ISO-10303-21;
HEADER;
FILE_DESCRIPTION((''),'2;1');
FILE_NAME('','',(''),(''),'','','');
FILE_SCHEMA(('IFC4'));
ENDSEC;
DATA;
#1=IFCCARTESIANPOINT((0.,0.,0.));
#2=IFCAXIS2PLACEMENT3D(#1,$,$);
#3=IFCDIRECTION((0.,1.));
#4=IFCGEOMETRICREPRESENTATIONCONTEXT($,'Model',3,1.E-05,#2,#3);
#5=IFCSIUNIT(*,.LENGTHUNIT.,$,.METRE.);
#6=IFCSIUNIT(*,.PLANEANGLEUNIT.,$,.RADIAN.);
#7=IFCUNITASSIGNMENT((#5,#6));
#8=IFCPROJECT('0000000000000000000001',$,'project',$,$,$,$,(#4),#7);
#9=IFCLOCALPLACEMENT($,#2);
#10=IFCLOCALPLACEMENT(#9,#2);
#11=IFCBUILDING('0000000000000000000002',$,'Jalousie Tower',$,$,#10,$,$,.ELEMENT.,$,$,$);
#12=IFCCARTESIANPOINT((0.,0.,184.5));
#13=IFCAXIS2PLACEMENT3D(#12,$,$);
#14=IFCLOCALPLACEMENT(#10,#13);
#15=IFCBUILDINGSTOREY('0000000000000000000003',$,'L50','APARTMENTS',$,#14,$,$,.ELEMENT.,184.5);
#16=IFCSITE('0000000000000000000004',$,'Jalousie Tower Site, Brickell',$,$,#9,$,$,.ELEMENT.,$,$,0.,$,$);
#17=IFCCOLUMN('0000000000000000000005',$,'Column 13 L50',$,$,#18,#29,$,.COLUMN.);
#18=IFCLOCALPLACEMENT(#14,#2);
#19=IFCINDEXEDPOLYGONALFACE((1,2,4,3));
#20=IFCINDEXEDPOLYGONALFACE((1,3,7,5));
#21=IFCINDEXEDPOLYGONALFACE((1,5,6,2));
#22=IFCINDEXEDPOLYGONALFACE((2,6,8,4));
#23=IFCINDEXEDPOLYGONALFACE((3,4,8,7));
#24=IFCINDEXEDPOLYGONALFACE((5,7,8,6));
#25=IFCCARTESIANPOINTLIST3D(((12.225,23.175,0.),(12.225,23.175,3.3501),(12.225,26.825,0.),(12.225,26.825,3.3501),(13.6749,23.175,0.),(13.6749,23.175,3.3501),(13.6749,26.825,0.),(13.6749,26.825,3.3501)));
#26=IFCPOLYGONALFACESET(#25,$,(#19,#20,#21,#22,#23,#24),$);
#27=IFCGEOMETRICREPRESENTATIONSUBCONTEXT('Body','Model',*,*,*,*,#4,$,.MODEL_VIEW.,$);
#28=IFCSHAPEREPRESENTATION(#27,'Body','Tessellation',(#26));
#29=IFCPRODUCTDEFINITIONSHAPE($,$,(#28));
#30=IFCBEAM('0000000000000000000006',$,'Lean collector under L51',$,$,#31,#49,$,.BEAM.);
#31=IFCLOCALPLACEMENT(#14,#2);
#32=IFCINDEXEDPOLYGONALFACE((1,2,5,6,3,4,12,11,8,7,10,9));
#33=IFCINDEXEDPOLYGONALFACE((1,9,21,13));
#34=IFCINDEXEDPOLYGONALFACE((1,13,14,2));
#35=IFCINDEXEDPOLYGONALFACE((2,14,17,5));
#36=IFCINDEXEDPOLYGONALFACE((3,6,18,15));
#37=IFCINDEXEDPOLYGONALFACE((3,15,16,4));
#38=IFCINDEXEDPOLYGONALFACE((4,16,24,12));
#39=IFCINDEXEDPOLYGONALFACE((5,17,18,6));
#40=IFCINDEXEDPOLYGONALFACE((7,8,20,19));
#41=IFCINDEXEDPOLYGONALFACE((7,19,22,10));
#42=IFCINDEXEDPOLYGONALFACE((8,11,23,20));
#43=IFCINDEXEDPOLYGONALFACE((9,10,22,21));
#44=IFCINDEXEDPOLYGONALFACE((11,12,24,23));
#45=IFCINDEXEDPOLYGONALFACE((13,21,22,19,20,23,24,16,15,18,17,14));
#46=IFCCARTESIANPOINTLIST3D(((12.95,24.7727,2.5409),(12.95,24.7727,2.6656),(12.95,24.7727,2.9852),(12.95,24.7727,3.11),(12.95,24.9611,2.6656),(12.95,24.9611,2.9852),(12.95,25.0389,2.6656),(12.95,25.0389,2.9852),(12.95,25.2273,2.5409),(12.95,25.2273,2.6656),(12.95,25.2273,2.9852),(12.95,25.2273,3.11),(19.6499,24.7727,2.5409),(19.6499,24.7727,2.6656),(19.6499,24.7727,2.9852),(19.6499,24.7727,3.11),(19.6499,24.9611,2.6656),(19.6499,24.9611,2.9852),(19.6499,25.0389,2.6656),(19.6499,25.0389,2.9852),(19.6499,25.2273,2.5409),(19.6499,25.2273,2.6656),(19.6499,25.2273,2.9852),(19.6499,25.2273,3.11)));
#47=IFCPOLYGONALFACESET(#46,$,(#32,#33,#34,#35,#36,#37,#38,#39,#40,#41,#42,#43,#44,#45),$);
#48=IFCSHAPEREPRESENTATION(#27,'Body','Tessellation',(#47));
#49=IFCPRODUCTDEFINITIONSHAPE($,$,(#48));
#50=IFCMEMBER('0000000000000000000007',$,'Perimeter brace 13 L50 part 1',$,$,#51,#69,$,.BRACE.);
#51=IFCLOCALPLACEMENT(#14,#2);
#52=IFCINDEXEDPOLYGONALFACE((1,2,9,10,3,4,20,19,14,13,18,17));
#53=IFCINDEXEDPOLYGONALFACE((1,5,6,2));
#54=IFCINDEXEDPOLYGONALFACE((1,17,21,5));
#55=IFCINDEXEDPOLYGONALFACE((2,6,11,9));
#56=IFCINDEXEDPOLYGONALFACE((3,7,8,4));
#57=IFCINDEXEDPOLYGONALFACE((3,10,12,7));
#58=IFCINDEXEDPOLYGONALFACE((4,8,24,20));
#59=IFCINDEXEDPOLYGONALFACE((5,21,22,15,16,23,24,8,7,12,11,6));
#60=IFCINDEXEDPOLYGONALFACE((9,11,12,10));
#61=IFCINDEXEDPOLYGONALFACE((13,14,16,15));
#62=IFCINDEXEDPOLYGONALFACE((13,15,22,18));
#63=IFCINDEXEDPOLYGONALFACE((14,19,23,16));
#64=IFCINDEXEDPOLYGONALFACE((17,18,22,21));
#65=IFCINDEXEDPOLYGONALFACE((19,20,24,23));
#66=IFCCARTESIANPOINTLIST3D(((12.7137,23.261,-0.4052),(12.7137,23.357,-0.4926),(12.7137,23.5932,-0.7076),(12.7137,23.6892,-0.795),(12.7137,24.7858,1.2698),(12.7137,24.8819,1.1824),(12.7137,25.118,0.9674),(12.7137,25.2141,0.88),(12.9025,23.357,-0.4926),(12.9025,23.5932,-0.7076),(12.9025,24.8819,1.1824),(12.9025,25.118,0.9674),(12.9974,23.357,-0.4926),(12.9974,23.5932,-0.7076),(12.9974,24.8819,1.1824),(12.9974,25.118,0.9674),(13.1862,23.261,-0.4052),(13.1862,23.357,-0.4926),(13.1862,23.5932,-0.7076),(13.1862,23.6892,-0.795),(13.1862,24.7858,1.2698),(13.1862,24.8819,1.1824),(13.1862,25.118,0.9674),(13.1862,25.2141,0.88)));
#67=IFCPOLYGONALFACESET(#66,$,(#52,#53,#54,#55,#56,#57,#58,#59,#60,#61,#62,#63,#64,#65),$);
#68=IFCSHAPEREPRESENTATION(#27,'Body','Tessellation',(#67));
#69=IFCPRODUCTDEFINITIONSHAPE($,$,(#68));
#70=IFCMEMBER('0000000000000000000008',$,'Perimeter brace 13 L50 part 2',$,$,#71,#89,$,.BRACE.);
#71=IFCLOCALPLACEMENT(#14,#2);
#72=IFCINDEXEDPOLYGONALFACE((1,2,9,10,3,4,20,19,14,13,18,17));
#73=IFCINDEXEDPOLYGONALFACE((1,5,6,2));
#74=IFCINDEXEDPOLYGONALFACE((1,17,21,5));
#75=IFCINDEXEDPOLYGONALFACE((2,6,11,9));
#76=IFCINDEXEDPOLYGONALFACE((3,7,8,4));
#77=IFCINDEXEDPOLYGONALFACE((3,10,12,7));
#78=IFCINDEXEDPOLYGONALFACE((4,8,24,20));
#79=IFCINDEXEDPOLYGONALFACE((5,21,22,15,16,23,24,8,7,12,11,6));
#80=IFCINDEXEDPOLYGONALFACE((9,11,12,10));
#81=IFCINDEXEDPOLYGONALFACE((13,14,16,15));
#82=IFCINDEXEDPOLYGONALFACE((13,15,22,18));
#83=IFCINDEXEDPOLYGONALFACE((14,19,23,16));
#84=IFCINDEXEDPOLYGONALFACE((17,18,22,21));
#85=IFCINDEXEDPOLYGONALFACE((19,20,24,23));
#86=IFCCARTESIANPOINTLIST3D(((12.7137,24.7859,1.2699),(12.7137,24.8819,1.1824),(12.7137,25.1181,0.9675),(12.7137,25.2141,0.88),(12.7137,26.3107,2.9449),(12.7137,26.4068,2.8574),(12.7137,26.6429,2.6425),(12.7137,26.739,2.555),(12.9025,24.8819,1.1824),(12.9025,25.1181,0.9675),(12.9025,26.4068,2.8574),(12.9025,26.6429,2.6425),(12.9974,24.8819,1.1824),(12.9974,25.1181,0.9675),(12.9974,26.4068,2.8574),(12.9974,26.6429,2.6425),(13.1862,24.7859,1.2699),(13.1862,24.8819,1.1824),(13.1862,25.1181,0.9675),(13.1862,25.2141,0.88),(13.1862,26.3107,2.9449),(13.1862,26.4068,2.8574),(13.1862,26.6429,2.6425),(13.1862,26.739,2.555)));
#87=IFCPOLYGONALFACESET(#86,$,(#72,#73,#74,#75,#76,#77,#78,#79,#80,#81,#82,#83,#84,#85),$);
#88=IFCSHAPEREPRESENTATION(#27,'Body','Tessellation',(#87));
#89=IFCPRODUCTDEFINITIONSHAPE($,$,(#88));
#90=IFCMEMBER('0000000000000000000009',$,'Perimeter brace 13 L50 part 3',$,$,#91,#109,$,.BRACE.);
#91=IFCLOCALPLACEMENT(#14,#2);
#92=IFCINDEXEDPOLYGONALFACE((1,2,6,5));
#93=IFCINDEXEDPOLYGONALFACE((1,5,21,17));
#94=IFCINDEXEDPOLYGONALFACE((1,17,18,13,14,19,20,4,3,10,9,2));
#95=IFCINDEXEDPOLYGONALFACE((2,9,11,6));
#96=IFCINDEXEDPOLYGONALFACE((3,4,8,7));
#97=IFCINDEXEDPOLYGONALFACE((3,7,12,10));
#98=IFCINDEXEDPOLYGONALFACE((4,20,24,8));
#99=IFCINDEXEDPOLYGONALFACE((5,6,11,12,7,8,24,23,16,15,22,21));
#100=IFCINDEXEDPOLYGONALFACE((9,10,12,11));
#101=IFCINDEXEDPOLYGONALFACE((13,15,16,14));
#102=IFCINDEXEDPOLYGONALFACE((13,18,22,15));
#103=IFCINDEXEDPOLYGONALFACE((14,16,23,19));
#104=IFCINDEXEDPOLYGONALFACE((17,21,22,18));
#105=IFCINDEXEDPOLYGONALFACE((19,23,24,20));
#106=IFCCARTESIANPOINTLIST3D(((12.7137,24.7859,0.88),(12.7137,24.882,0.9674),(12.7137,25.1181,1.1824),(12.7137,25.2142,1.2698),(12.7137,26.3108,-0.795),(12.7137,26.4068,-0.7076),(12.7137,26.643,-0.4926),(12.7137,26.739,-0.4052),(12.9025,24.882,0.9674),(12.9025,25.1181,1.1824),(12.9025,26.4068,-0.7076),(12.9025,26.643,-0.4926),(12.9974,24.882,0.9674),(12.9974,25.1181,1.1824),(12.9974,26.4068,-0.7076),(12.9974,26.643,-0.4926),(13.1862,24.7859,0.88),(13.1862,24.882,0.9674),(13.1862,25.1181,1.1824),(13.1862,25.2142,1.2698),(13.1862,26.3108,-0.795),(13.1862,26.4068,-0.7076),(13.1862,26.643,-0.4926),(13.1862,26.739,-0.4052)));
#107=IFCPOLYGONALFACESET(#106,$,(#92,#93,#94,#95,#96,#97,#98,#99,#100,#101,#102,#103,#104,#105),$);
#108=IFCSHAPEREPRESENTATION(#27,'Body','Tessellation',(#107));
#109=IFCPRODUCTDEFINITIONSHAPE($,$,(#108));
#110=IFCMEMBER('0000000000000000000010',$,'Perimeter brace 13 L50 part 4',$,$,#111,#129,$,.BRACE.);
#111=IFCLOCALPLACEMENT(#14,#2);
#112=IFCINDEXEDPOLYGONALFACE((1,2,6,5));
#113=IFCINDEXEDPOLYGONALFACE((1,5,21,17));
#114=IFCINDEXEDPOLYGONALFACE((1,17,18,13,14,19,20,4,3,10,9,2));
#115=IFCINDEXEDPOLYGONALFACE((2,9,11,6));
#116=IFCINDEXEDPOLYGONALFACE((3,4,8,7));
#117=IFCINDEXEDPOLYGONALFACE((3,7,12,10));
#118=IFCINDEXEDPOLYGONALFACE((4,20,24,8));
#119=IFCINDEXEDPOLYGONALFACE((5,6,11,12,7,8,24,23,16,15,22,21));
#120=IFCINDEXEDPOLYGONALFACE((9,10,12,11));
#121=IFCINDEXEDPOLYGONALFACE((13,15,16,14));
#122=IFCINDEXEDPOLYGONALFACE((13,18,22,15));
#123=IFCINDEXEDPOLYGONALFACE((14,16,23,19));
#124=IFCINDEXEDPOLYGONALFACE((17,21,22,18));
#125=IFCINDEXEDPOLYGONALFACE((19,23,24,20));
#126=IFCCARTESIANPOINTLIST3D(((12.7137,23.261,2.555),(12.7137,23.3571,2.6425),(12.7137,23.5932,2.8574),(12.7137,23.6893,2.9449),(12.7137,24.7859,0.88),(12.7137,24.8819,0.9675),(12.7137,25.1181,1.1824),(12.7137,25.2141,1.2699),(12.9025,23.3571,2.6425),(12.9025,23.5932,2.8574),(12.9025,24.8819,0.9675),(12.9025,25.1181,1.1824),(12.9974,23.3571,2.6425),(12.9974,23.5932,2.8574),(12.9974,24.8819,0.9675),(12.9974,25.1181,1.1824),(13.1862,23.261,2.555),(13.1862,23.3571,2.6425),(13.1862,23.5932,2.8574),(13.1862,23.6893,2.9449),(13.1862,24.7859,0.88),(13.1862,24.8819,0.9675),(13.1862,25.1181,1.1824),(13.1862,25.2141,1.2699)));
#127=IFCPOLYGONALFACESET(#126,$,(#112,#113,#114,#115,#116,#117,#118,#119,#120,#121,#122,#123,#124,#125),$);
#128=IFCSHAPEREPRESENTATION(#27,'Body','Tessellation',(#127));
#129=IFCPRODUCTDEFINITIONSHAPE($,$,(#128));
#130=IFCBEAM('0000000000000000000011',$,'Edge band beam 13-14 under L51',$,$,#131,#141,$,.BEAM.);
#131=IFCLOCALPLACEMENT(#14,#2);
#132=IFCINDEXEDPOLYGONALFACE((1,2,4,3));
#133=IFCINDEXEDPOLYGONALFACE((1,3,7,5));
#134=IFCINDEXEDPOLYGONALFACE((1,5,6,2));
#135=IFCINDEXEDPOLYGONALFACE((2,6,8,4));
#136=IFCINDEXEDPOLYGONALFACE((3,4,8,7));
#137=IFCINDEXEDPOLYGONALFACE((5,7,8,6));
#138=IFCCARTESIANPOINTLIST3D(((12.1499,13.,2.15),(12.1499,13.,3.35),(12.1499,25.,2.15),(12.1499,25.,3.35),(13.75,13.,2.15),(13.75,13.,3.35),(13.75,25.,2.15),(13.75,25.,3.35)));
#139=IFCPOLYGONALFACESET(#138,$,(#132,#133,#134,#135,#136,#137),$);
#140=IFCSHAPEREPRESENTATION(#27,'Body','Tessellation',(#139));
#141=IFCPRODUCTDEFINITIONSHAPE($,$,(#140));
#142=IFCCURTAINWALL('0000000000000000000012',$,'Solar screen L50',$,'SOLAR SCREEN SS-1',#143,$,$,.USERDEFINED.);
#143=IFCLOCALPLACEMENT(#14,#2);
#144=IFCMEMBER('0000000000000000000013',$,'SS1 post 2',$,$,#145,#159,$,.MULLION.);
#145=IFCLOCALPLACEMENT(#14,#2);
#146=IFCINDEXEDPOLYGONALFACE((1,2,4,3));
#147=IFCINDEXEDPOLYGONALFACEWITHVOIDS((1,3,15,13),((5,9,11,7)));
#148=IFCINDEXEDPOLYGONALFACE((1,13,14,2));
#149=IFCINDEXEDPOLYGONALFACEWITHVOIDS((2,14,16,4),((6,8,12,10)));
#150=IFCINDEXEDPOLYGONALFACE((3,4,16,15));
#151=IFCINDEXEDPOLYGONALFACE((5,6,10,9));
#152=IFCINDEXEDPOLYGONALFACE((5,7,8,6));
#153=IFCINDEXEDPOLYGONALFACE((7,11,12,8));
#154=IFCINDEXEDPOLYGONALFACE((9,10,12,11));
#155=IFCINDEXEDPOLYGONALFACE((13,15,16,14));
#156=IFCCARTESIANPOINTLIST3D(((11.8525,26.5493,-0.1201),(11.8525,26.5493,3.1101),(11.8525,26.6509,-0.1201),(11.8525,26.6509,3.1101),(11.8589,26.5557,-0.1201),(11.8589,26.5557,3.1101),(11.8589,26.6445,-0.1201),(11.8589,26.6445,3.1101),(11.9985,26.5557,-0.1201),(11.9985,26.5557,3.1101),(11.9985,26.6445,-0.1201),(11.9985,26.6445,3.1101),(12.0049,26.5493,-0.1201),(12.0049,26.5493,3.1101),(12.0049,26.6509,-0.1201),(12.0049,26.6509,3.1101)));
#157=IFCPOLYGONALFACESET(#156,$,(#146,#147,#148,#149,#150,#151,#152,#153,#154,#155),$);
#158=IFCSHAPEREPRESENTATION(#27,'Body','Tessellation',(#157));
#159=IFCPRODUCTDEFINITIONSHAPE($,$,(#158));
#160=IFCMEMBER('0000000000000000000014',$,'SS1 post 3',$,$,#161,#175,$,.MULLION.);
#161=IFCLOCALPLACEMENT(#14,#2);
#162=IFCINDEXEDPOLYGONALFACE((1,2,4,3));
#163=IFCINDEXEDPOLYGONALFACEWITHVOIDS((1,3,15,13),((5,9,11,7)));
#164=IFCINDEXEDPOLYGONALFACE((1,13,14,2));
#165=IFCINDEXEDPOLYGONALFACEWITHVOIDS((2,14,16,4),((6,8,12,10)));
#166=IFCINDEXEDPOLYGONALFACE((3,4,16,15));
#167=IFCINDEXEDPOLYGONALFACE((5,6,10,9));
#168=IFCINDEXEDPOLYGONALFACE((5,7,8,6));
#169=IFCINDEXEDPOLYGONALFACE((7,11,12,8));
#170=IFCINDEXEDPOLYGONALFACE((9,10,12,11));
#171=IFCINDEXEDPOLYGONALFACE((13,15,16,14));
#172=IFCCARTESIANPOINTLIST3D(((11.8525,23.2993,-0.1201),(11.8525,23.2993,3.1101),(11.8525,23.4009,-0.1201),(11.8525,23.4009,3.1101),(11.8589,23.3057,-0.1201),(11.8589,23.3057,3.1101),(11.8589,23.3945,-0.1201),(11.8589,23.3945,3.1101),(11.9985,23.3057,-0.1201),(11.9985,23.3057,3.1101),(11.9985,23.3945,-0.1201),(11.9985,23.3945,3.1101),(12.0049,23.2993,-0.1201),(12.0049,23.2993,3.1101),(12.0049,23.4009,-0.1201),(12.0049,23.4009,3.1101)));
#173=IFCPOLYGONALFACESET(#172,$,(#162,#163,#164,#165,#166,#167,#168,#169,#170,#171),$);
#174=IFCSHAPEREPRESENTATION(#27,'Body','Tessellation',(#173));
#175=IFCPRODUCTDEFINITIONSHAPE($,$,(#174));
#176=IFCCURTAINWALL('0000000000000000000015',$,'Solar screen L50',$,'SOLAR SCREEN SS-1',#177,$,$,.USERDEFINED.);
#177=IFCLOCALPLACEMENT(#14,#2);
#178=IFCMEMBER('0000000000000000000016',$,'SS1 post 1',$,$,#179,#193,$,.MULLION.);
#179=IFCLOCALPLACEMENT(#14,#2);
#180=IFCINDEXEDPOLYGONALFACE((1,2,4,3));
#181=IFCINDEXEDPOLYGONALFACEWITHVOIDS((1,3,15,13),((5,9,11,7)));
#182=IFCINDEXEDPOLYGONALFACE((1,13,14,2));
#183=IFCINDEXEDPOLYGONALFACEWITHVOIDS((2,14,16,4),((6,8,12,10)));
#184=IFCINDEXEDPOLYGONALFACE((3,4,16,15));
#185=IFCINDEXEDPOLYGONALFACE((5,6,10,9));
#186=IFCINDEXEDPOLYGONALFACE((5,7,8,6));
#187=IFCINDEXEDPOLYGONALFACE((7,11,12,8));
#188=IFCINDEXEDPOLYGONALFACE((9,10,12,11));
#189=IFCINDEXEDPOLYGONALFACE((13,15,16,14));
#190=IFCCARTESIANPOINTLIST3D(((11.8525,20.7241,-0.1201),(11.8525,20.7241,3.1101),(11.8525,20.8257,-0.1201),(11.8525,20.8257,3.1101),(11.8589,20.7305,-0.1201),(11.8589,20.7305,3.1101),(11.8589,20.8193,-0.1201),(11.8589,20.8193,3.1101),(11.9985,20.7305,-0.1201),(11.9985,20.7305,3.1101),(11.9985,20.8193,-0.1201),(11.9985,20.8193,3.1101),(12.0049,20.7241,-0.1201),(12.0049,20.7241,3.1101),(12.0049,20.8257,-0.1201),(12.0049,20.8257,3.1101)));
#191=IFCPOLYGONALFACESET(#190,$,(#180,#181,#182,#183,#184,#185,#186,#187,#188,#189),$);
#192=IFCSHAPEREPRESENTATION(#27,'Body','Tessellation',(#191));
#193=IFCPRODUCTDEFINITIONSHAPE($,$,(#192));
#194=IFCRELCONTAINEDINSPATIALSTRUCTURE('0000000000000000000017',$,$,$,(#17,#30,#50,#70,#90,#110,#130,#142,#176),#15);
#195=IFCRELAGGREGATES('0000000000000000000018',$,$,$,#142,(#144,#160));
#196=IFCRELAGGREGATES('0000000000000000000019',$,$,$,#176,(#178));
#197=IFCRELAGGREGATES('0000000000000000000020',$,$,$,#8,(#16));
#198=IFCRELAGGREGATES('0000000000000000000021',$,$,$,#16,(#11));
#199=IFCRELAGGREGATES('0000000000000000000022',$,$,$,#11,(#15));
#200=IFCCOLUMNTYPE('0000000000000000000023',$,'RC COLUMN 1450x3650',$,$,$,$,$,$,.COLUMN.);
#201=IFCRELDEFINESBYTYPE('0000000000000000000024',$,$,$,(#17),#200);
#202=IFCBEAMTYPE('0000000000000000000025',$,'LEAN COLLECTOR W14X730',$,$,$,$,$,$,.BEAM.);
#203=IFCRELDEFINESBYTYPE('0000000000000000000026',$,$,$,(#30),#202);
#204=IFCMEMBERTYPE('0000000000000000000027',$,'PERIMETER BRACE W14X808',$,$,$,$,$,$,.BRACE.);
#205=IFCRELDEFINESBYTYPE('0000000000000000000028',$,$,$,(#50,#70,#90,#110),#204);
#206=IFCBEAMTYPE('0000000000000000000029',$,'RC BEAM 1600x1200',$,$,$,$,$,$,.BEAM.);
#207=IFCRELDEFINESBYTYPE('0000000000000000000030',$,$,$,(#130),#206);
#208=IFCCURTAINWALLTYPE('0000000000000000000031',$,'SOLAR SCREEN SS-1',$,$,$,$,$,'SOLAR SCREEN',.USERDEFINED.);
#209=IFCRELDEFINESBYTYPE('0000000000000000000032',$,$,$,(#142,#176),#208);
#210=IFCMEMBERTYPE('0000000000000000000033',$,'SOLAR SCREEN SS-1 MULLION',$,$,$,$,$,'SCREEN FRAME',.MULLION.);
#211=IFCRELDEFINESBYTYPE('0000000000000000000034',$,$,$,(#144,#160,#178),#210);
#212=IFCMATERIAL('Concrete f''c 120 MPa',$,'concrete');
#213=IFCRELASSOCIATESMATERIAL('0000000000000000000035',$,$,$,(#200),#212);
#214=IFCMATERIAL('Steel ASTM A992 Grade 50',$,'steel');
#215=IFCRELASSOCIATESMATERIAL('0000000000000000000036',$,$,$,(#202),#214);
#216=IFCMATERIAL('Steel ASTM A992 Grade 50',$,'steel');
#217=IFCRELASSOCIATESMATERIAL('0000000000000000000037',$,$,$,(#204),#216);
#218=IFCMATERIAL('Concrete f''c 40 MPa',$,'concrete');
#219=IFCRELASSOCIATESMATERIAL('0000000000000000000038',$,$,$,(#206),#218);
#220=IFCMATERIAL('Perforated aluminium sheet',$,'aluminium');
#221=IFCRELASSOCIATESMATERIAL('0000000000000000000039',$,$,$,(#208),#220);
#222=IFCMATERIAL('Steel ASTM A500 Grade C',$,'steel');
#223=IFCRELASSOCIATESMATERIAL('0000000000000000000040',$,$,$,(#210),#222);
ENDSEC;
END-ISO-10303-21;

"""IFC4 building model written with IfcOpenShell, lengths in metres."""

from ifc_helpers import new_model, si_unit, direction, frame, origin, origin_2d, place, context, subcontext, project, spatial, rectangle, hollow_rectangle, i_section, extrude, material, material_profile, profile_set, type_object, element, aggregate, save


model = new_model("IFC4")

# Units and contexts
model_context = context("Model", 3, precision=1e-05, world=origin(), true_north=direction((0.0, 1.0)))
body_context = subcontext(model_context, "Body", "Model", "MODEL_VIEW")
ifc_project = project(units=[si_unit("LENGTHUNIT", "METRE"), si_unit("PLANEANGLEUNIT", "RADIAN")], contexts=[model_context])

# Site, building, storey
site_placement = place(None, origin())
site = spatial("IfcSite", under=ifc_project, at=site_placement, Name="Jalousie Tower Site, Brickell", CompositionType="ELEMENT", RefElevation=0.0)
building_placement = place(site_placement, origin())
building = spatial("IfcBuilding", under=site, at=building_placement, Name="Jalousie Tower", CompositionType="ELEMENT")
storey_placement = place(building_placement, frame((0.0, 0.0, 184.5)))
storey = spatial("IfcBuildingStorey", under=building, at=storey_placement, Name="L50", Description="APARTMENTS", CompositionType="ELEMENT", Elevation=184.5)

# Column
ifc_material_1 = material(Name="Concrete f'c 120 MPa", Category="concrete")
ifc_material_profile_1 = material_profile(ifc_material_1, rectangle(XDim=1.45, YDim=3.6499, at=origin_2d()), Name="RC 1450x3650")
ifc_profile_set_1 = profile_set([ifc_material_profile_1], Name="Concrete f'c 120 MPa")
column_type = type_object("IfcColumnType", Name="RC COLUMN 1450x3650", PredefinedType="COLUMN", material=ifc_profile_set_1)
column_placement = place(storey_placement, frame((12.95, 25.0, 0.0), z_axis=(0.0, 0.0, 1.0), x_axis=(1.0, 0.0, 0.0)))
element("IfcColumn", 1, at=column_placement, inside=storey, type_object=column_type, Name="Column 13 L50", PredefinedType="COLUMN", context=body_context, shape_type="SweptSolid", body=[
    extrude(rectangle(XDim=1.45, YDim=3.6499, at=origin_2d()), origin(), (0.0, 0.0, 1.0), 3.3501),
])

# Beam
ifc_material_2 = material(Name="Steel ASTM A992 Grade 50", Category="steel")
ifc_material_profile_2 = material_profile(ifc_material_2, i_section(OverallWidth=0.4546, OverallDepth=0.5691, WebThickness=0.0779, FlangeThickness=0.1248, at=origin_2d()), Name="W14X730")
ifc_profile_set_2 = profile_set([ifc_material_profile_2], Name="Steel ASTM A992 Grade 50")
beam_type_1 = type_object("IfcBeamType", Name="LEAN COLLECTOR W14X730", PredefinedType="BEAM", material=ifc_profile_set_2)
beam_1_placement = place(storey_placement, frame((12.95, 25.0, 2.8254), z_axis=(1.0, 0.0, 0.0), x_axis=(0.0, 1.0, 0.0)))
element("IfcBeam", 2, at=beam_1_placement, inside=storey, type_object=beam_type_1, Name="Lean collector under L51", PredefinedType="BEAM", context=body_context, shape_type="SweptSolid", body=[
    extrude(i_section(OverallWidth=0.4546, OverallDepth=0.5691, WebThickness=0.0779, FlangeThickness=0.1248, at=origin_2d()), origin(), (0.0, 0.0, 1.0), 6.7),
])

# Members
ifc_material_3 = material(Name="Steel ASTM A992 Grade 50", Category="steel")
ifc_material_profile_3 = material_profile(ifc_material_3, i_section(OverallWidth=0.4724, OverallDepth=0.5791, WebThickness=0.095, FlangeThickness=0.1299, at=origin_2d()), Name="W14X808")
ifc_profile_set_3 = profile_set([ifc_material_profile_3], Name="Steel ASTM A992 Grade 50")
member_type_1 = type_object("IfcMemberType", Name="PERIMETER BRACE W14X808", PredefinedType="BRACE", material=ifc_profile_set_3)
for number, where, z_axis, x_axis, name in (
    (3, (12.95, 23.4751, -0.6001), (0.0, 0.673188, 0.739472), (-1.0, 0.0, 0.0), "Perimeter brace 13 L50 part 1"),
    (4, (12.95, 25.0, 1.075), (0.0, 0.673188, 0.739472), (-1.0, 0.0, 0.0), "Perimeter brace 13 L50 part 2"),
    (5, (12.95, 26.5249, -0.6001), (0.0, -0.673188, 0.739472), (1.0, 0.0, 0.0), "Perimeter brace 13 L50 part 3"),
    (6, (12.95, 25.0, 1.075), (0.0, -0.673188, 0.739472), (1.0, 0.0, 0.0), "Perimeter brace 13 L50 part 4"),
):
    element("IfcMember", number, at=place(storey_placement, frame(where, z_axis=z_axis, x_axis=x_axis)), inside=storey, type_object=member_type_1, Name=name, PredefinedType="BRACE", context=body_context, shape_type="SweptSolid", body=[
        extrude(i_section(OverallWidth=0.4724, OverallDepth=0.5791, WebThickness=0.095, FlangeThickness=0.1299, at=origin_2d()), origin(), (0.0, 0.0, 1.0), 2.2651),
    ])

# Beam
ifc_material_4 = material(Name="Concrete f'c 40 MPa", Category="concrete")
ifc_material_profile_4 = material_profile(ifc_material_4, rectangle(XDim=1.6001, YDim=1.2, at=origin_2d()), Name="RC 1600x1200")
ifc_profile_set_4 = profile_set([ifc_material_profile_4], Name="Concrete f'c 40 MPa")
beam_type_2 = type_object("IfcBeamType", Name="RC BEAM 1600x1200", PredefinedType="BEAM", material=ifc_profile_set_4)
beam_2_placement = place(storey_placement, frame((12.95, 25.0, 2.75), z_axis=(0.0, -1.0, 0.0), x_axis=(1.0, 0.0, 0.0)))
element("IfcBeam", 7, at=beam_2_placement, inside=storey, type_object=beam_type_2, Name="Edge band beam 13-14 under L51", PredefinedType="BEAM", context=body_context, shape_type="SweptSolid", body=[
    extrude(rectangle(XDim=1.6001, YDim=1.2, at=origin_2d()), origin(), (0.0, 0.0, 1.0), 12.0),
])

# Curtain walls, members
ifc_material_5 = material(Name="Perforated aluminium sheet", Category="aluminium")
curtain_wall_type = type_object("IfcCurtainWallType", Name="SOLAR SCREEN SS-1", ElementType="SOLAR SCREEN", PredefinedType="USERDEFINED", material=ifc_material_5)
curtain_wall_1_placement = place(storey_placement, origin())
curtain_wall_1 = element("IfcCurtainWall", 8, at=curtain_wall_1_placement, inside=storey, type_object=curtain_wall_type, Name="Solar screen L50", ObjectType="SOLAR SCREEN SS-1", PredefinedType="USERDEFINED")
ifc_material_6 = material(Name="Steel ASTM A500 Grade C", Category="steel")
ifc_material_profile_5 = material_profile(ifc_material_6, hollow_rectangle(XDim=0.1016, YDim=0.1523, WallThickness=0.0063, at=origin_2d()), Name="HSS6X4X1/4")
ifc_profile_set_5 = profile_set([ifc_material_profile_5], Name="Steel ASTM A500 Grade C")
member_type_2 = type_object("IfcMemberType", Name="SOLAR SCREEN SS-1 MULLION", ElementType="SCREEN FRAME", PredefinedType="MULLION", material=ifc_profile_set_5)
member_1_placement = place(storey_placement, frame((11.9287, 26.6001, -0.1201), z_axis=(0.0, 0.0, 1.0), x_axis=(0.0, -1.0, 0.0)))
member_1 = element("IfcMember", 9, at=member_1_placement, type_object=member_type_2, Name="SS1 post 2", PredefinedType="MULLION", context=body_context, shape_type="SweptSolid", body=[
    extrude(hollow_rectangle(XDim=0.1016, YDim=0.1523, WallThickness=0.0063, at=origin_2d()), origin(), (0.0, 0.0, 1.0), 3.2302),
])
member_2_placement = place(storey_placement, frame((11.9287, 23.3501, -0.1201), z_axis=(0.0, 0.0, 1.0), x_axis=(0.0, -1.0, 0.0)))
member_2 = element("IfcMember", 10, at=member_2_placement, type_object=member_type_2, Name="SS1 post 3", PredefinedType="MULLION", context=body_context, shape_type="SweptSolid", body=[
    extrude(hollow_rectangle(XDim=0.1016, YDim=0.1523, WallThickness=0.0063, at=origin_2d()), origin(), (0.0, 0.0, 1.0), 3.2302),
])
curtain_wall_2_placement = place(storey_placement, origin())
curtain_wall_2 = element("IfcCurtainWall", 11, at=curtain_wall_2_placement, inside=storey, type_object=curtain_wall_type, Name="Solar screen L50", ObjectType="SOLAR SCREEN SS-1", PredefinedType="USERDEFINED")
member_3_placement = place(storey_placement, frame((11.9287, 20.7749, -0.1201), z_axis=(0.0, 0.0, 1.0), x_axis=(0.0, -1.0, 0.0)))
member_3 = element("IfcMember", 12, at=member_3_placement, type_object=member_type_2, Name="SS1 post 1", PredefinedType="MULLION", context=body_context, shape_type="SweptSolid", body=[
    extrude(hollow_rectangle(XDim=0.1016, YDim=0.1523, WallThickness=0.0063, at=origin_2d()), origin(), (0.0, 0.0, 1.0), 3.2302),
])

aggregate(curtain_wall_1, [member_1, member_2])
aggregate(curtain_wall_2, [member_3])

save(model, "model.ifc")
